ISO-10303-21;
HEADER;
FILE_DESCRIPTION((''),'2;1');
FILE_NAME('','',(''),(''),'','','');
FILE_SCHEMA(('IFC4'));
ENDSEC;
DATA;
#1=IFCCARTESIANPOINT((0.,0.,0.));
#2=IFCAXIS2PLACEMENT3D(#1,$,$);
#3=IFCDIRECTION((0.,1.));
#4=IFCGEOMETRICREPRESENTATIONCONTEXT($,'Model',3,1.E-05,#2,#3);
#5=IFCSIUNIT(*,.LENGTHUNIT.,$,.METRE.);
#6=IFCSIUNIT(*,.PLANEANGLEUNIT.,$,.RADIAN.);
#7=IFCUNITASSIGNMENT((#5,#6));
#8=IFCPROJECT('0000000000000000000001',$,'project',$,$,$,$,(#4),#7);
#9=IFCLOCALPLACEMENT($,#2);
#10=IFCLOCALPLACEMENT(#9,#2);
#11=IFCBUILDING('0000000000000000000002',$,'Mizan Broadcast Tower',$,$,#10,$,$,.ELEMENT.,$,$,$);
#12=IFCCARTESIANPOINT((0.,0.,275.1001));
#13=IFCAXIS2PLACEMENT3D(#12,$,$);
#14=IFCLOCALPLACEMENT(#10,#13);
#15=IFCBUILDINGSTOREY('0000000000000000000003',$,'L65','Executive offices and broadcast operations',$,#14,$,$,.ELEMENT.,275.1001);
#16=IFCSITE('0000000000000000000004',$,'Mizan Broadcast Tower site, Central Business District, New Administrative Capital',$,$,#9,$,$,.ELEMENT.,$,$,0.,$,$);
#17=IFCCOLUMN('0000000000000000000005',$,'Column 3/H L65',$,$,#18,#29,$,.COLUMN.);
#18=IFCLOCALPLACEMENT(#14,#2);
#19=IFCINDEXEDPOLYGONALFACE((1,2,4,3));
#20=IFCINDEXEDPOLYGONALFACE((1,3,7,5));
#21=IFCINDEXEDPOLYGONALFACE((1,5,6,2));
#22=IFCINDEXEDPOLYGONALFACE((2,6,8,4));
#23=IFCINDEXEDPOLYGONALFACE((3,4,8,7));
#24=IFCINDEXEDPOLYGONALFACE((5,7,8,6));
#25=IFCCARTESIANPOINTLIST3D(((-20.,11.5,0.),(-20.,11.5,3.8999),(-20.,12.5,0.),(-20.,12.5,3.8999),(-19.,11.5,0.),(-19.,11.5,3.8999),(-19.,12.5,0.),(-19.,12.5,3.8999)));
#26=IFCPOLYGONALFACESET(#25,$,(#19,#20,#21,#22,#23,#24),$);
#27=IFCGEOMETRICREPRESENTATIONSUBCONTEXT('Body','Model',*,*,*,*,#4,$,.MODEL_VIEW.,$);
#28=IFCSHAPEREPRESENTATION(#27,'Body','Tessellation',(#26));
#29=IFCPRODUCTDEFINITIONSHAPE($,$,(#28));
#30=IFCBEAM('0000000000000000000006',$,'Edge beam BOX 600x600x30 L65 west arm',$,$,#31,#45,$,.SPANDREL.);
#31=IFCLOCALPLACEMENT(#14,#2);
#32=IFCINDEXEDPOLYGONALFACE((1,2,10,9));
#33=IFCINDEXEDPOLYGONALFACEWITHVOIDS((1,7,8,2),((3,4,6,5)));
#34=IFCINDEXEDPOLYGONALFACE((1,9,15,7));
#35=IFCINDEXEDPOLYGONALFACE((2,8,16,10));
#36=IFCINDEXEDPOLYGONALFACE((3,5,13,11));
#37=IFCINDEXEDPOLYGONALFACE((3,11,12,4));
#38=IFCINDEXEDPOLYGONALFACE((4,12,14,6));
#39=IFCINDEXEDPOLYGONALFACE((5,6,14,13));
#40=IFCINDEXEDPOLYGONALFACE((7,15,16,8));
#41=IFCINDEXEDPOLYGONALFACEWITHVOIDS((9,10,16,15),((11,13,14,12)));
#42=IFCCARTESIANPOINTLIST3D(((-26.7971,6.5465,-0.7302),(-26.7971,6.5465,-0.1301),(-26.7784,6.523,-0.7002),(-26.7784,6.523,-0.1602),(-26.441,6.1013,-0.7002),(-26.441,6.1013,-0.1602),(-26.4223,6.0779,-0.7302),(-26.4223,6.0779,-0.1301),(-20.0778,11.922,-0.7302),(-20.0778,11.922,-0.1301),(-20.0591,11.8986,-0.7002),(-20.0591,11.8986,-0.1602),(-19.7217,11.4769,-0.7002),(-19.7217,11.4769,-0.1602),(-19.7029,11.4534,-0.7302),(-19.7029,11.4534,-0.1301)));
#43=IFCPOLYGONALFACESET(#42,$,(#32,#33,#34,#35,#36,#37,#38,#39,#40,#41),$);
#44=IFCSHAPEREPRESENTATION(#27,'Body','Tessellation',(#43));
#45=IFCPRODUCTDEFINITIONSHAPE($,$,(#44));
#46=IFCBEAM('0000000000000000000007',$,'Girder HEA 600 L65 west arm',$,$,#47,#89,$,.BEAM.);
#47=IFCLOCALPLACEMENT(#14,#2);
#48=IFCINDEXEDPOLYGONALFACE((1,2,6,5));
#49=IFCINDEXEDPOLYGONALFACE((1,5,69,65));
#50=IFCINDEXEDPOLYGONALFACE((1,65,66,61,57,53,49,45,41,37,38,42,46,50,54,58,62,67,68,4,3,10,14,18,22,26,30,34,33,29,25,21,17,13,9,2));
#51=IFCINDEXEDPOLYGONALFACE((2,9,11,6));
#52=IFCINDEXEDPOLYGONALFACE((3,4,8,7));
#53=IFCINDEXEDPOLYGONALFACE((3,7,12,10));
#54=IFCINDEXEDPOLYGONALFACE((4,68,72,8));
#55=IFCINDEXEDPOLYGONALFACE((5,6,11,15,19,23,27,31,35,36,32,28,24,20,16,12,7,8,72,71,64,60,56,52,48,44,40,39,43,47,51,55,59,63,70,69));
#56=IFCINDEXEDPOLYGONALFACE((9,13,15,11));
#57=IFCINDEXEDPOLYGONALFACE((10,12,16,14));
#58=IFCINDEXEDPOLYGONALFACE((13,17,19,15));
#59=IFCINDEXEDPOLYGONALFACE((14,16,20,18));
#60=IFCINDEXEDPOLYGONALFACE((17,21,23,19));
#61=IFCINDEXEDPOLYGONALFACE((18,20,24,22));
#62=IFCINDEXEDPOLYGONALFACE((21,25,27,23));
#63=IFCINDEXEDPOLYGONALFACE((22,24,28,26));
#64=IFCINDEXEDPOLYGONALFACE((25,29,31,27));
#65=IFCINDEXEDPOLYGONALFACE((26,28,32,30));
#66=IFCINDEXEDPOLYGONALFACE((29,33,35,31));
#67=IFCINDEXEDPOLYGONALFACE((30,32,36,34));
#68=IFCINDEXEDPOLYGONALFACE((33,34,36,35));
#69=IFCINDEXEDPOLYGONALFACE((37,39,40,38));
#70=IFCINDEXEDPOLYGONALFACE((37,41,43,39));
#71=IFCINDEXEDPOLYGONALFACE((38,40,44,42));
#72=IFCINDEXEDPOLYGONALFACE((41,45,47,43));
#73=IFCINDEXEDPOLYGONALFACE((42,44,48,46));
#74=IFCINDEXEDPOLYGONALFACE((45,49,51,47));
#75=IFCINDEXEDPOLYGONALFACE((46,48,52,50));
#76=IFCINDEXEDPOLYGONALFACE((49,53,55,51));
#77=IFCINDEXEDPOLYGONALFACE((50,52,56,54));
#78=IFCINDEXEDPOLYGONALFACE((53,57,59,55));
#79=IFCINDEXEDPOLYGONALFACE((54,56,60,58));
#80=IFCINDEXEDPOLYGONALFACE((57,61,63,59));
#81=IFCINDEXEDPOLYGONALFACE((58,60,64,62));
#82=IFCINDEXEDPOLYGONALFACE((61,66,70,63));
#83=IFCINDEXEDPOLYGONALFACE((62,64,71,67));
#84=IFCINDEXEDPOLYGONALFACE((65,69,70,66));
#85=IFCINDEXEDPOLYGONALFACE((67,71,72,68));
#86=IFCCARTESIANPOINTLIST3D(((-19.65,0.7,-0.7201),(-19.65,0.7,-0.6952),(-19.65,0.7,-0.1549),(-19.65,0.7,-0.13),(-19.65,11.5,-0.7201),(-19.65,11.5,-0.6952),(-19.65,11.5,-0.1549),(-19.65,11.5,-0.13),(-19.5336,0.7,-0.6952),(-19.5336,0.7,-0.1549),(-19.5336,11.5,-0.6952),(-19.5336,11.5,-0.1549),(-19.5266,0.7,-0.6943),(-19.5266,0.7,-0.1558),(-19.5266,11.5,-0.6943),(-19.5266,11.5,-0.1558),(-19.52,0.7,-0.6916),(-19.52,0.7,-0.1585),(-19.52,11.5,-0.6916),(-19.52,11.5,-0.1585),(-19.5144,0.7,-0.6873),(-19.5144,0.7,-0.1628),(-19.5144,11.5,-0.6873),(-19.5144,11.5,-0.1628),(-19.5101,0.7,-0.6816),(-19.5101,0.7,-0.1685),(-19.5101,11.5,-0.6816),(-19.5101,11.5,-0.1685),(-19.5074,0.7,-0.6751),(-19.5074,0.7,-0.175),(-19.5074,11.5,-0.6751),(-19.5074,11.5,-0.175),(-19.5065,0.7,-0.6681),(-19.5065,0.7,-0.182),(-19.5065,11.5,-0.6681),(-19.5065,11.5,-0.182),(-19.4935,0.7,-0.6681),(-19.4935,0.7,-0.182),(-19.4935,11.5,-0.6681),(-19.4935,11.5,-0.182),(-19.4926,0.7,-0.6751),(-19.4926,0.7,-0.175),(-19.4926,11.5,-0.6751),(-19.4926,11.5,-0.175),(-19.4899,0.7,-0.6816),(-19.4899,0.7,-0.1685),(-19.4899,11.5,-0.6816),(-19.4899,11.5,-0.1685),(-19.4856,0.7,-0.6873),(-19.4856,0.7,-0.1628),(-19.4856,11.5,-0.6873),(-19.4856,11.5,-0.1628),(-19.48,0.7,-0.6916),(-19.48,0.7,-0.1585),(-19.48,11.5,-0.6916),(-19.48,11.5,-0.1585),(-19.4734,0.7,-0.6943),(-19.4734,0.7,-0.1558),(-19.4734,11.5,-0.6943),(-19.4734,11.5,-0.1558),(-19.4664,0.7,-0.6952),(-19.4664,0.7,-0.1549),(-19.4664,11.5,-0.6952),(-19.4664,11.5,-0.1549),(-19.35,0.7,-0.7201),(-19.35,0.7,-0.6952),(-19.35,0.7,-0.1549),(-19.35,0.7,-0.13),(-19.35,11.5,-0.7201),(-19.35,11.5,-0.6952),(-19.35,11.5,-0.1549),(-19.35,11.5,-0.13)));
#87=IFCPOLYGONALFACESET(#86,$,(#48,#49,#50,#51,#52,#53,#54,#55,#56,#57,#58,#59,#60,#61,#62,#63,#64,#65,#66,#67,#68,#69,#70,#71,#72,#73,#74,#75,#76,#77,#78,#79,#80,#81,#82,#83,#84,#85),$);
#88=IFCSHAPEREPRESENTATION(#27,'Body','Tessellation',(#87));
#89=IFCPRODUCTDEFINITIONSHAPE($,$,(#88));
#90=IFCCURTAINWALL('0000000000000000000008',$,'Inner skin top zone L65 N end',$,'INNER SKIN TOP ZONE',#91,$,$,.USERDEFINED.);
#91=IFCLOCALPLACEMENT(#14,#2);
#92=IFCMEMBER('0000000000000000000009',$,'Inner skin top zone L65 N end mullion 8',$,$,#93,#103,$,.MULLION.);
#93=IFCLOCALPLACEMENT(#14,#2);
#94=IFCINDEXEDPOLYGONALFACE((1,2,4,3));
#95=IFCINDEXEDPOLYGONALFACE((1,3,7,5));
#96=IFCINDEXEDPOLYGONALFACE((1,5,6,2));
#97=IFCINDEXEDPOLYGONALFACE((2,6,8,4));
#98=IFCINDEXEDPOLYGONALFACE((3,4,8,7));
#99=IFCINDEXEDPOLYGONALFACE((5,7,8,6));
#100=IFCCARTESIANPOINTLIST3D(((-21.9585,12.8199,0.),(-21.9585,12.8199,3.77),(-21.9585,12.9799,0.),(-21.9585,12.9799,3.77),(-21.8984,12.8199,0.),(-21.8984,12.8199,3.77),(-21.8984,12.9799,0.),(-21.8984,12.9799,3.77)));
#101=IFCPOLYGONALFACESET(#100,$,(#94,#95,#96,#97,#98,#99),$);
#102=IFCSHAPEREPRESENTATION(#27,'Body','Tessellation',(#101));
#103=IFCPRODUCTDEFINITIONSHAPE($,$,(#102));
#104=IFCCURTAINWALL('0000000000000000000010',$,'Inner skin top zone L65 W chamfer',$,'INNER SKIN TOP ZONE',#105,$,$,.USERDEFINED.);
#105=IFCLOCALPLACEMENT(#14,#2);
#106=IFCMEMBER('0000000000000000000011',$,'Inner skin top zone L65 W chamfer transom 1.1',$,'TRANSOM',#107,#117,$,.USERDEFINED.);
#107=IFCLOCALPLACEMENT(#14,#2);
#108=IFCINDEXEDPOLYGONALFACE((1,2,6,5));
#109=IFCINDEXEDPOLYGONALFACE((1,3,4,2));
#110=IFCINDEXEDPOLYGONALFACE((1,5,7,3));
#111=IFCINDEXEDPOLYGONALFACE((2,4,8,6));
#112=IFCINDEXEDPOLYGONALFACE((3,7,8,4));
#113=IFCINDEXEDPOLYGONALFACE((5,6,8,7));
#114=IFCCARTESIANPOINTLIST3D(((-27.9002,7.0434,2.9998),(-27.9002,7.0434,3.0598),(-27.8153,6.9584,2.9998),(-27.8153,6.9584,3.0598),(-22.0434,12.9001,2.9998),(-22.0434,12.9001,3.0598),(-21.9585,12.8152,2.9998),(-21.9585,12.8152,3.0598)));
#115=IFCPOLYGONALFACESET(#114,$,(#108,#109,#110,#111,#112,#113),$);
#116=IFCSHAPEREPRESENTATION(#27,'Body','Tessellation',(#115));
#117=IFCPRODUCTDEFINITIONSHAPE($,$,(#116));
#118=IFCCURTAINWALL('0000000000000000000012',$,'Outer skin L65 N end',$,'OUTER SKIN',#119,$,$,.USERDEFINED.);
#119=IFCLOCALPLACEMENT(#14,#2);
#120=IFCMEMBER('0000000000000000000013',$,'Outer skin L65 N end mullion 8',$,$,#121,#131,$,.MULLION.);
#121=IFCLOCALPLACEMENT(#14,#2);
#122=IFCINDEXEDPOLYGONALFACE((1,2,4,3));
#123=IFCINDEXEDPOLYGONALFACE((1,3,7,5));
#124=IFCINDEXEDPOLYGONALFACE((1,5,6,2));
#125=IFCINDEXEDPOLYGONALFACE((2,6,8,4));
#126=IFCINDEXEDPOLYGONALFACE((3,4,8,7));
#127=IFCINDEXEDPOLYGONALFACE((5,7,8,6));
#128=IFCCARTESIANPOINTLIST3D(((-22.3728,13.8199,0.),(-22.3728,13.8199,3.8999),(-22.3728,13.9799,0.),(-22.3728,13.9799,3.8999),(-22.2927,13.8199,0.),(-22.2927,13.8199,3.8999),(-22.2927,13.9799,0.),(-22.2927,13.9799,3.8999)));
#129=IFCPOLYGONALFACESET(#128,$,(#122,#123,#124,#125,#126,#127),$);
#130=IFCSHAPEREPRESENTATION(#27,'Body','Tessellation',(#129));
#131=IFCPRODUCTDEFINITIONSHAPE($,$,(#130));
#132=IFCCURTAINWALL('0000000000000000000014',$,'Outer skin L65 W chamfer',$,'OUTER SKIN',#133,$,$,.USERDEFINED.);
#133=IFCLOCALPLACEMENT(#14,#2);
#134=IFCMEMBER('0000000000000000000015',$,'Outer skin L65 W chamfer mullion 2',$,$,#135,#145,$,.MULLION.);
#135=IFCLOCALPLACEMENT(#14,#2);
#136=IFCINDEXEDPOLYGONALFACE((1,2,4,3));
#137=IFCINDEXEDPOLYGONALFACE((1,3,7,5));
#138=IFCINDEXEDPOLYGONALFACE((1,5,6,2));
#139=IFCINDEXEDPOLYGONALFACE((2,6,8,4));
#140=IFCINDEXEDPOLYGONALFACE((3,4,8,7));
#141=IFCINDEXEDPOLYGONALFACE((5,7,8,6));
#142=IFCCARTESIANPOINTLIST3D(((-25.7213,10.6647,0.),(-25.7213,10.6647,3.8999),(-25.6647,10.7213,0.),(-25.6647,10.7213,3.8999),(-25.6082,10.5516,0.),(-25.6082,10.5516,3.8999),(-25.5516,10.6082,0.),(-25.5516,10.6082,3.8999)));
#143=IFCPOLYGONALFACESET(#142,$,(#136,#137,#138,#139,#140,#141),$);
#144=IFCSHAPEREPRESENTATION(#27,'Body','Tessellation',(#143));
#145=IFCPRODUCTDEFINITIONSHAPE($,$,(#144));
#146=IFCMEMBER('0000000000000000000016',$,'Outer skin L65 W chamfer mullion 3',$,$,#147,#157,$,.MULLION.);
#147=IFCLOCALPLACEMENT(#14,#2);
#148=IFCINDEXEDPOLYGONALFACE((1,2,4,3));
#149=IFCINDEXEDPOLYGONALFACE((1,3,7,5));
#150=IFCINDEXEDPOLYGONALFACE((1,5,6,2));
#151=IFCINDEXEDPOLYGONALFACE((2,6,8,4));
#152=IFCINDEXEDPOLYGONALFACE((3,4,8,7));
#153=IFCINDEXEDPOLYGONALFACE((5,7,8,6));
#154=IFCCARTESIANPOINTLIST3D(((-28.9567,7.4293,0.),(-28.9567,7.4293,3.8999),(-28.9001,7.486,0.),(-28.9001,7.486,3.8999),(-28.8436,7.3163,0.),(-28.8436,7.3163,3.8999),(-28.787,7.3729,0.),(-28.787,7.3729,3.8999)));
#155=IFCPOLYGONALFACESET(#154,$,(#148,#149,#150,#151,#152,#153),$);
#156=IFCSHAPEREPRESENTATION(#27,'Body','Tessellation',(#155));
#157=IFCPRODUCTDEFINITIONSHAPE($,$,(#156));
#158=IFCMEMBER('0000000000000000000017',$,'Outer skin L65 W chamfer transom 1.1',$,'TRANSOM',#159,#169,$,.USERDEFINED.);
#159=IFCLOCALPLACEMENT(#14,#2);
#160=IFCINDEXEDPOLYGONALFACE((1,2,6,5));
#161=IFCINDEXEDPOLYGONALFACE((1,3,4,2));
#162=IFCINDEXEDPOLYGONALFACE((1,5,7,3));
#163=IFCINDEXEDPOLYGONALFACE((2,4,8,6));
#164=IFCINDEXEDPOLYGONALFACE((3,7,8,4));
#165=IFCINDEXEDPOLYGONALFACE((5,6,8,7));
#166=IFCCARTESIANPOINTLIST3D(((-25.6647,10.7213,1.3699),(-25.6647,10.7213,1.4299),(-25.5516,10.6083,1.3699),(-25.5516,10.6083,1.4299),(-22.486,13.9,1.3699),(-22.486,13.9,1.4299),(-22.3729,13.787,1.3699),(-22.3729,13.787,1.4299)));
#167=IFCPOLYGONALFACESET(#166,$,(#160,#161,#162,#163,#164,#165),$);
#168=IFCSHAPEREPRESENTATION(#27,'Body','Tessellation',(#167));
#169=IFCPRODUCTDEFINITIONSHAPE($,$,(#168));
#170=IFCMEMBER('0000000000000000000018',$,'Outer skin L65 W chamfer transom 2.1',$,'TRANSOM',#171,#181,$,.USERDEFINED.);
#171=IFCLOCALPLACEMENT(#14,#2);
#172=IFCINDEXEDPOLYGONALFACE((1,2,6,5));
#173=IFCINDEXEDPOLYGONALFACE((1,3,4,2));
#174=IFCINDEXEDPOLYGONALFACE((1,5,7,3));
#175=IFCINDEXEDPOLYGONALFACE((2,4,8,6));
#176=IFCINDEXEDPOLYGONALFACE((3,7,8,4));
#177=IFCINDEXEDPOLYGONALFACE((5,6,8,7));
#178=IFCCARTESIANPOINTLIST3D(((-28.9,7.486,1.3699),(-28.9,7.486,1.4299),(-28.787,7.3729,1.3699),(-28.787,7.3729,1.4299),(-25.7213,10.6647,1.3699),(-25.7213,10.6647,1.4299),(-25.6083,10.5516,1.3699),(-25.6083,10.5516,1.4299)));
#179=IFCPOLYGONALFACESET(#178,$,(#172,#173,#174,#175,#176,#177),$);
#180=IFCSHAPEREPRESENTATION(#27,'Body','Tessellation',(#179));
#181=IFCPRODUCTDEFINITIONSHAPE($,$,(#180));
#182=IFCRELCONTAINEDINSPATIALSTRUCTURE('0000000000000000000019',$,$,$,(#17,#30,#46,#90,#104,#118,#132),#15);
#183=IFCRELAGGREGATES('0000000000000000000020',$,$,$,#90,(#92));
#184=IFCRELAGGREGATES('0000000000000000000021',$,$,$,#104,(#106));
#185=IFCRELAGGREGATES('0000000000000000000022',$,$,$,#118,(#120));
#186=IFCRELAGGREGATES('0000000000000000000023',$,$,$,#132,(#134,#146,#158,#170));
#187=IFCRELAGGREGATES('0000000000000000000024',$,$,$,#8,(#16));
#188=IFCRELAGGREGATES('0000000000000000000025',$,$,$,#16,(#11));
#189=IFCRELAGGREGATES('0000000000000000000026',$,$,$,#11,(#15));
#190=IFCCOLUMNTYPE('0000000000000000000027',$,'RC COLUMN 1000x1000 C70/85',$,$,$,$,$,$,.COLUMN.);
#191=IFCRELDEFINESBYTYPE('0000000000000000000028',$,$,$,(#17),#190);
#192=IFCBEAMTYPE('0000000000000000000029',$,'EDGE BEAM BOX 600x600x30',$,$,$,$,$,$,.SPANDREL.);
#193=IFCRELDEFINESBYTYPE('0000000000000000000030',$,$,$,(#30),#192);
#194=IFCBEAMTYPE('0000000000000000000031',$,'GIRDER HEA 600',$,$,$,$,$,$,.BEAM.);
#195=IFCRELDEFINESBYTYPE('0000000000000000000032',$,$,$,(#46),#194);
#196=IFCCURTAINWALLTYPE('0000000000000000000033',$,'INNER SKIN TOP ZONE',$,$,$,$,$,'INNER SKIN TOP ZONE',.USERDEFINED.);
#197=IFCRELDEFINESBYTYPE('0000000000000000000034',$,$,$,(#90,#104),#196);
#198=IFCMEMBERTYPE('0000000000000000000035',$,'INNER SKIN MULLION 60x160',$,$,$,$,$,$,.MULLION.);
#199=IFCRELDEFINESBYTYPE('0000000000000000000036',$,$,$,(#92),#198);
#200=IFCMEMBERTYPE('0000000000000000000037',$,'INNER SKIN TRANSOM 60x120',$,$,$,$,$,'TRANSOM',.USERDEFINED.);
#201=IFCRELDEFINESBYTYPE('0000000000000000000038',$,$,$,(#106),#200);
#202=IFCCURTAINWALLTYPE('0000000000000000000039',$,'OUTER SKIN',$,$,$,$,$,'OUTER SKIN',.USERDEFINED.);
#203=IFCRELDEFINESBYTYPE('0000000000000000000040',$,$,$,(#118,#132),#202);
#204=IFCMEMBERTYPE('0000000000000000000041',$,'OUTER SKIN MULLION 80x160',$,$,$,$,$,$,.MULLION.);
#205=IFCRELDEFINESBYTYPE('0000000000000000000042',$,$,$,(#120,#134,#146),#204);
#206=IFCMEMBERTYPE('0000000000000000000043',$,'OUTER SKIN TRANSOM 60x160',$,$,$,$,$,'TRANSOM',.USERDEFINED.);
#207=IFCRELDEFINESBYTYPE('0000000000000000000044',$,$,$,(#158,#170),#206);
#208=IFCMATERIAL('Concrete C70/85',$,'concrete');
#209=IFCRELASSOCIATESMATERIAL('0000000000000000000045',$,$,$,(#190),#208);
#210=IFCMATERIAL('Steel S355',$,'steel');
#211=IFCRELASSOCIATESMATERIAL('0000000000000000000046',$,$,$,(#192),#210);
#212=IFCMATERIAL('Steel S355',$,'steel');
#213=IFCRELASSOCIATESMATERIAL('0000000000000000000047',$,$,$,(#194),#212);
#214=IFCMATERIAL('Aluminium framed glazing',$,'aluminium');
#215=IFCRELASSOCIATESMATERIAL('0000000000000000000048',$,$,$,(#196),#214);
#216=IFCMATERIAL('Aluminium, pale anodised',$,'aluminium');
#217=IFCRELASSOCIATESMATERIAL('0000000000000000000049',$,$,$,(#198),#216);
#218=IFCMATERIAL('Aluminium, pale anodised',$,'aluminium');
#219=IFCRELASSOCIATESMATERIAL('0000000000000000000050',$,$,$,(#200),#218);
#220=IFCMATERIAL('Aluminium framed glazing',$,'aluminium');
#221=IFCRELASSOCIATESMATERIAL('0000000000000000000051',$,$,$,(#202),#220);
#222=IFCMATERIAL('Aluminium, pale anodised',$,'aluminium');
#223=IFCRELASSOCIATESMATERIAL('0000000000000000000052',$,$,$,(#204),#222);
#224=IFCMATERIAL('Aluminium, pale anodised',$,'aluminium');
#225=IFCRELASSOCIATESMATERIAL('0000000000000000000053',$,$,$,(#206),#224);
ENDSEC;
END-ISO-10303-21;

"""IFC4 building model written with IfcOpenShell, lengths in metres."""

from ifc_helpers import new_model, si_unit, direction, frame, origin, origin_2d, place, context, subcontext, project, spatial, rectangle, hollow_rectangle, i_section, extrude, material, material_profile, profile_set, type_object, element, aggregate, save


model = new_model("IFC4")

# Units and contexts
model_context = context("Model", 3, precision=1e-05, world=origin(), true_north=direction((0.0, 1.0)))
body_context = subcontext(model_context, "Body", "Model", "MODEL_VIEW")
ifc_project = project(units=[si_unit("LENGTHUNIT", "METRE"), si_unit("PLANEANGLEUNIT", "RADIAN")], contexts=[model_context])

# Site, building, storey
site_placement = place(None, origin())
site = spatial("IfcSite", under=ifc_project, at=site_placement, Name="Mizan Broadcast Tower site, Central Business District, New Administrative Capital", CompositionType="ELEMENT", RefElevation=0.0)
building_placement = place(site_placement, origin())
building = spatial("IfcBuilding", under=site, at=building_placement, Name="Mizan Broadcast Tower", CompositionType="ELEMENT")
storey_placement = place(building_placement, frame((0.0, 0.0, 275.1001)))
storey = spatial("IfcBuildingStorey", under=building, at=storey_placement, Name="L65", Description="Executive offices and broadcast operations", CompositionType="ELEMENT", Elevation=275.1001)

# Column
ifc_material_1 = material(Name="Concrete C70/85", Category="concrete")
ifc_material_profile_1 = material_profile(ifc_material_1, rectangle(XDim=1.0, YDim=1.0, at=origin_2d()), Name="RC 1000x1000")
ifc_profile_set_1 = profile_set([ifc_material_profile_1], Name="Concrete C70/85")
column_type = type_object("IfcColumnType", Name="RC COLUMN 1000x1000 C70/85", PredefinedType="COLUMN", material=ifc_profile_set_1)
column_placement = place(storey_placement, frame((-19.5, 12.0, 0.0), z_axis=(0.0, 0.0, 1.0), x_axis=(1.0, 0.0, 0.0)))
element("IfcColumn", 1, at=column_placement, inside=storey, type_object=column_type, Name="Column 3/H L65", PredefinedType="COLUMN", context=body_context, shape_type="SweptSolid", body=[
    extrude(rectangle(XDim=1.0, YDim=1.0, at=origin_2d()), origin(), (0.0, 0.0, 1.0), 3.8999),
])

# Beams
ifc_material_2 = material(Name="Steel S355", Category="steel")
ifc_material_profile_2 = material_profile(ifc_material_2, hollow_rectangle(XDim=0.6001, YDim=0.6001, WallThickness=0.03, at=origin_2d()), Name="BOX 600x600x30")
ifc_profile_set_2 = profile_set([ifc_material_profile_2], Name="Steel S355")
beam_type_1 = type_object("IfcBeamType", Name="EDGE BEAM BOX 600x600x30", PredefinedType="SPANDREL", material=ifc_profile_set_2)
beam_1_placement = place(storey_placement, frame((-19.8904, 11.6877, -0.4302), z_axis=(-0.780863, -0.624702, 0.0), x_axis=(0.624702, -0.780863, 0.0)))
element("IfcBeam", 2, at=beam_1_placement, inside=storey, type_object=beam_type_1, Name="Edge beam BOX 600x600x30 L65 west arm", PredefinedType="SPANDREL", context=body_context, shape_type="SweptSolid", body=[
    extrude(hollow_rectangle(XDim=0.6001, YDim=0.6001, WallThickness=0.03, at=origin_2d()), origin(), (0.0, 0.0, 1.0), 8.605),
])
ifc_material_3 = material(Name="Steel S355", Category="steel")
ifc_material_profile_3 = material_profile(ifc_material_3, i_section(OverallWidth=0.3, OverallDepth=0.5901, WebThickness=0.0129, FlangeThickness=0.0249, FilletRadius=0.0271, at=origin_2d()), Name="HEA 600")
ifc_profile_set_3 = profile_set([ifc_material_profile_3], Name="Steel S355")
beam_type_2 = type_object("IfcBeamType", Name="GIRDER HEA 600", PredefinedType="BEAM", material=ifc_profile_set_3)
beam_2_placement = place(storey_placement, frame((-19.5, 11.5, -0.425), z_axis=(0.0, -1.0, 0.0), x_axis=(1.0, 0.0, 0.0)))
element("IfcBeam", 3, at=beam_2_placement, inside=storey, type_object=beam_type_2, Name="Girder HEA 600 L65 west arm", PredefinedType="BEAM", context=body_context, shape_type="SweptSolid", body=[
    extrude(i_section(OverallWidth=0.3, OverallDepth=0.5901, WebThickness=0.0129, FlangeThickness=0.0249, FilletRadius=0.0271, at=origin_2d()), origin(), (0.0, 0.0, 1.0), 10.8),
])

# Curtain walls, members
ifc_material_4 = material(Name="Aluminium framed glazing", Category="aluminium")
curtain_wall_type_1 = type_object("IfcCurtainWallType", Name="INNER SKIN TOP ZONE", ElementType="INNER SKIN TOP ZONE", PredefinedType="USERDEFINED", material=ifc_material_4)
curtain_wall_1_placement = place(storey_placement, origin())
curtain_wall_1 = element("IfcCurtainWall", 4, at=curtain_wall_1_placement, inside=storey, type_object=curtain_wall_type_1, Name="Inner skin top zone L65 N end", ObjectType="INNER SKIN TOP ZONE", PredefinedType="USERDEFINED")
ifc_material_5 = material(Name="Aluminium, pale anodised", Category="aluminium")
ifc_material_profile_4 = material_profile(ifc_material_5, rectangle(XDim=0.1599, YDim=0.0601, at=origin_2d()), Name="MULLION 160x60")
ifc_profile_set_4 = profile_set([ifc_material_profile_4], Name="Aluminium, pale anodised")
member_type_1 = type_object("IfcMemberType", Name="INNER SKIN MULLION 60x160", PredefinedType="MULLION", material=ifc_profile_set_4)
member_1_placement = place(storey_placement, frame((-21.9285, 12.8999, 0.0), z_axis=(0.0, 0.0, 1.0), x_axis=(0.0, -1.0, 0.0)))
member_1 = element("IfcMember", 5, at=member_1_placement, type_object=member_type_1, Name="Inner skin top zone L65 N end mullion 8", PredefinedType="MULLION", context=body_context, shape_type="SweptSolid", body=[
    extrude(rectangle(XDim=0.1599, YDim=0.0601, at=origin_2d()), origin(), (0.0, 0.0, 1.0), 3.77),
])
aggregate(curtain_wall_1, [member_1])
curtain_wall_2_placement = place(storey_placement, origin())
curtain_wall_2 = element("IfcCurtainWall", 6, at=curtain_wall_2_placement, inside=storey, type_object=curtain_wall_type_1, Name="Inner skin top zone L65 W chamfer", ObjectType="INNER SKIN TOP ZONE", PredefinedType="USERDEFINED")
ifc_material_6 = material(Name="Aluminium, pale anodised", Category="aluminium")
ifc_material_profile_5 = material_profile(ifc_material_6, rectangle(XDim=0.1201, YDim=0.0601, at=origin_2d()), Name="TRANSOM 120x60")
ifc_profile_set_5 = profile_set([ifc_material_profile_5], Name="Aluminium, pale anodised")
member_type_2 = type_object("IfcMemberType", Name="INNER SKIN TRANSOM 60x120", ElementType="TRANSOM", PredefinedType="USERDEFINED", material=ifc_profile_set_5)
member_2_placement = place(storey_placement, frame((-22.001, 12.8577, 3.0298), z_axis=(-0.707107, -0.707107, 0.0), x_axis=(0.707107, -0.707107, 0.0)))
member_2 = element("IfcMember", 7, at=member_2_placement, type_object=member_type_2, Name="Inner skin top zone L65 W chamfer transom 1.1", ObjectType="TRANSOM", PredefinedType="USERDEFINED", context=body_context, shape_type="SweptSolid", body=[
    extrude(rectangle(XDim=0.1201, YDim=0.0601, at=origin_2d()), origin(), (0.0, 0.0, 1.0), 8.2827),
])
ifc_material_7 = material(Name="Aluminium framed glazing", Category="aluminium")
curtain_wall_type_2 = type_object("IfcCurtainWallType", Name="OUTER SKIN", ElementType="OUTER SKIN", PredefinedType="USERDEFINED", material=ifc_material_7)
curtain_wall_3_placement = place(storey_placement, origin())
curtain_wall_3 = element("IfcCurtainWall", 8, at=curtain_wall_3_placement, inside=storey, type_object=curtain_wall_type_2, Name="Outer skin L65 N end", ObjectType="OUTER SKIN", PredefinedType="USERDEFINED")
ifc_material_8 = material(Name="Aluminium, pale anodised", Category="aluminium")
ifc_material_profile_6 = material_profile(ifc_material_8, rectangle(XDim=0.1599, YDim=0.0801, at=origin_2d()), Name="MULLION 160x80")
ifc_profile_set_6 = profile_set([ifc_material_profile_6], Name="Aluminium, pale anodised")
member_type_3 = type_object("IfcMemberType", Name="OUTER SKIN MULLION 80x160", PredefinedType="MULLION", material=ifc_profile_set_6)
member_3_placement = place(storey_placement, frame((-22.3328, 13.8999, 0.0), z_axis=(0.0, 0.0, 1.0), x_axis=(0.0, -1.0, 0.0)))
member_3 = element("IfcMember", 9, at=member_3_placement, type_object=member_type_3, Name="Outer skin L65 N end mullion 8", PredefinedType="MULLION", context=body_context, shape_type="SweptSolid", body=[
    extrude(rectangle(XDim=0.1599, YDim=0.0801, at=origin_2d()), origin(), (0.0, 0.0, 1.0), 3.8999),
])

# Curtain wall, members
curtain_wall_4_placement = place(storey_placement, origin())
curtain_wall_4 = element("IfcCurtainWall", 10, at=curtain_wall_4_placement, inside=storey, type_object=curtain_wall_type_2, Name="Outer skin L65 W chamfer", ObjectType="OUTER SKIN", PredefinedType="USERDEFINED")
member_4_placement = place(storey_placement, frame((-25.6365, 10.6365, 0.0), z_axis=(0.0, 0.0, 1.0), x_axis=(0.707107, -0.707107, 0.0)))
member_4 = element("IfcMember", 11, at=member_4_placement, type_object=member_type_3, Name="Outer skin L65 W chamfer mullion 2", PredefinedType="MULLION", context=body_context, shape_type="SweptSolid", body=[
    extrude(rectangle(XDim=0.1599, YDim=0.0801, at=origin_2d()), origin(), (0.0, 0.0, 1.0), 3.8999),
])
member_5_placement = place(storey_placement, frame((-28.8718, 7.4011, 0.0), z_axis=(0.0, 0.0, 1.0), x_axis=(0.707107, -0.707107, 0.0)))
member_5 = element("IfcMember", 12, at=member_5_placement, type_object=member_type_3, Name="Outer skin L65 W chamfer mullion 3", PredefinedType="MULLION", context=body_context, shape_type="SweptSolid", body=[
    extrude(rectangle(XDim=0.1599, YDim=0.0801, at=origin_2d()), origin(), (0.0, 0.0, 1.0), 3.8999),
])
ifc_material_9 = material(Name="Aluminium, pale anodised", Category="aluminium")
ifc_material_profile_7 = material_profile(ifc_material_9, rectangle(XDim=0.1599, YDim=0.0601, at=origin_2d()), Name="TRANSOM 160x60")
ifc_profile_set_7 = profile_set([ifc_material_profile_7], Name="Aluminium, pale anodised")
member_type_4 = type_object("IfcMemberType", Name="OUTER SKIN TRANSOM 60x160", ElementType="TRANSOM", PredefinedType="USERDEFINED", material=ifc_profile_set_7)
member_6_placement = place(storey_placement, frame((-22.4294, 13.8435, 1.3999), z_axis=(-0.707107, -0.707107, 0.0), x_axis=(0.707107, -0.707107, 0.0)))
member_6 = element("IfcMember", 13, at=member_6_placement, type_object=member_type_4, Name="Outer skin L65 W chamfer transom 1.1", ObjectType="TRANSOM", PredefinedType="USERDEFINED", context=body_context, shape_type="SweptSolid", body=[
    extrude(rectangle(XDim=0.1599, YDim=0.0601, at=origin_2d()), origin(), (0.0, 0.0, 1.0), 4.4954),
])
member_7_placement = place(storey_placement, frame((-25.6648, 10.6082, 1.3999), z_axis=(-0.707107, -0.707107, 0.0), x_axis=(0.707107, -0.707107, 0.0)))
member_7 = element("IfcMember", 14, at=member_7_placement, type_object=member_type_4, Name="Outer skin L65 W chamfer transom 2.1", ObjectType="TRANSOM", PredefinedType="USERDEFINED", context=body_context, shape_type="SweptSolid", body=[
    extrude(rectangle(XDim=0.1599, YDim=0.0601, at=origin_2d()), origin(), (0.0, 0.0, 1.0), 4.4954),
])

aggregate(curtain_wall_2, [member_2])
aggregate(curtain_wall_3, [member_3])
aggregate(curtain_wall_4, [member_4, member_5, member_6, member_7])

save(model, "model.ifc")
